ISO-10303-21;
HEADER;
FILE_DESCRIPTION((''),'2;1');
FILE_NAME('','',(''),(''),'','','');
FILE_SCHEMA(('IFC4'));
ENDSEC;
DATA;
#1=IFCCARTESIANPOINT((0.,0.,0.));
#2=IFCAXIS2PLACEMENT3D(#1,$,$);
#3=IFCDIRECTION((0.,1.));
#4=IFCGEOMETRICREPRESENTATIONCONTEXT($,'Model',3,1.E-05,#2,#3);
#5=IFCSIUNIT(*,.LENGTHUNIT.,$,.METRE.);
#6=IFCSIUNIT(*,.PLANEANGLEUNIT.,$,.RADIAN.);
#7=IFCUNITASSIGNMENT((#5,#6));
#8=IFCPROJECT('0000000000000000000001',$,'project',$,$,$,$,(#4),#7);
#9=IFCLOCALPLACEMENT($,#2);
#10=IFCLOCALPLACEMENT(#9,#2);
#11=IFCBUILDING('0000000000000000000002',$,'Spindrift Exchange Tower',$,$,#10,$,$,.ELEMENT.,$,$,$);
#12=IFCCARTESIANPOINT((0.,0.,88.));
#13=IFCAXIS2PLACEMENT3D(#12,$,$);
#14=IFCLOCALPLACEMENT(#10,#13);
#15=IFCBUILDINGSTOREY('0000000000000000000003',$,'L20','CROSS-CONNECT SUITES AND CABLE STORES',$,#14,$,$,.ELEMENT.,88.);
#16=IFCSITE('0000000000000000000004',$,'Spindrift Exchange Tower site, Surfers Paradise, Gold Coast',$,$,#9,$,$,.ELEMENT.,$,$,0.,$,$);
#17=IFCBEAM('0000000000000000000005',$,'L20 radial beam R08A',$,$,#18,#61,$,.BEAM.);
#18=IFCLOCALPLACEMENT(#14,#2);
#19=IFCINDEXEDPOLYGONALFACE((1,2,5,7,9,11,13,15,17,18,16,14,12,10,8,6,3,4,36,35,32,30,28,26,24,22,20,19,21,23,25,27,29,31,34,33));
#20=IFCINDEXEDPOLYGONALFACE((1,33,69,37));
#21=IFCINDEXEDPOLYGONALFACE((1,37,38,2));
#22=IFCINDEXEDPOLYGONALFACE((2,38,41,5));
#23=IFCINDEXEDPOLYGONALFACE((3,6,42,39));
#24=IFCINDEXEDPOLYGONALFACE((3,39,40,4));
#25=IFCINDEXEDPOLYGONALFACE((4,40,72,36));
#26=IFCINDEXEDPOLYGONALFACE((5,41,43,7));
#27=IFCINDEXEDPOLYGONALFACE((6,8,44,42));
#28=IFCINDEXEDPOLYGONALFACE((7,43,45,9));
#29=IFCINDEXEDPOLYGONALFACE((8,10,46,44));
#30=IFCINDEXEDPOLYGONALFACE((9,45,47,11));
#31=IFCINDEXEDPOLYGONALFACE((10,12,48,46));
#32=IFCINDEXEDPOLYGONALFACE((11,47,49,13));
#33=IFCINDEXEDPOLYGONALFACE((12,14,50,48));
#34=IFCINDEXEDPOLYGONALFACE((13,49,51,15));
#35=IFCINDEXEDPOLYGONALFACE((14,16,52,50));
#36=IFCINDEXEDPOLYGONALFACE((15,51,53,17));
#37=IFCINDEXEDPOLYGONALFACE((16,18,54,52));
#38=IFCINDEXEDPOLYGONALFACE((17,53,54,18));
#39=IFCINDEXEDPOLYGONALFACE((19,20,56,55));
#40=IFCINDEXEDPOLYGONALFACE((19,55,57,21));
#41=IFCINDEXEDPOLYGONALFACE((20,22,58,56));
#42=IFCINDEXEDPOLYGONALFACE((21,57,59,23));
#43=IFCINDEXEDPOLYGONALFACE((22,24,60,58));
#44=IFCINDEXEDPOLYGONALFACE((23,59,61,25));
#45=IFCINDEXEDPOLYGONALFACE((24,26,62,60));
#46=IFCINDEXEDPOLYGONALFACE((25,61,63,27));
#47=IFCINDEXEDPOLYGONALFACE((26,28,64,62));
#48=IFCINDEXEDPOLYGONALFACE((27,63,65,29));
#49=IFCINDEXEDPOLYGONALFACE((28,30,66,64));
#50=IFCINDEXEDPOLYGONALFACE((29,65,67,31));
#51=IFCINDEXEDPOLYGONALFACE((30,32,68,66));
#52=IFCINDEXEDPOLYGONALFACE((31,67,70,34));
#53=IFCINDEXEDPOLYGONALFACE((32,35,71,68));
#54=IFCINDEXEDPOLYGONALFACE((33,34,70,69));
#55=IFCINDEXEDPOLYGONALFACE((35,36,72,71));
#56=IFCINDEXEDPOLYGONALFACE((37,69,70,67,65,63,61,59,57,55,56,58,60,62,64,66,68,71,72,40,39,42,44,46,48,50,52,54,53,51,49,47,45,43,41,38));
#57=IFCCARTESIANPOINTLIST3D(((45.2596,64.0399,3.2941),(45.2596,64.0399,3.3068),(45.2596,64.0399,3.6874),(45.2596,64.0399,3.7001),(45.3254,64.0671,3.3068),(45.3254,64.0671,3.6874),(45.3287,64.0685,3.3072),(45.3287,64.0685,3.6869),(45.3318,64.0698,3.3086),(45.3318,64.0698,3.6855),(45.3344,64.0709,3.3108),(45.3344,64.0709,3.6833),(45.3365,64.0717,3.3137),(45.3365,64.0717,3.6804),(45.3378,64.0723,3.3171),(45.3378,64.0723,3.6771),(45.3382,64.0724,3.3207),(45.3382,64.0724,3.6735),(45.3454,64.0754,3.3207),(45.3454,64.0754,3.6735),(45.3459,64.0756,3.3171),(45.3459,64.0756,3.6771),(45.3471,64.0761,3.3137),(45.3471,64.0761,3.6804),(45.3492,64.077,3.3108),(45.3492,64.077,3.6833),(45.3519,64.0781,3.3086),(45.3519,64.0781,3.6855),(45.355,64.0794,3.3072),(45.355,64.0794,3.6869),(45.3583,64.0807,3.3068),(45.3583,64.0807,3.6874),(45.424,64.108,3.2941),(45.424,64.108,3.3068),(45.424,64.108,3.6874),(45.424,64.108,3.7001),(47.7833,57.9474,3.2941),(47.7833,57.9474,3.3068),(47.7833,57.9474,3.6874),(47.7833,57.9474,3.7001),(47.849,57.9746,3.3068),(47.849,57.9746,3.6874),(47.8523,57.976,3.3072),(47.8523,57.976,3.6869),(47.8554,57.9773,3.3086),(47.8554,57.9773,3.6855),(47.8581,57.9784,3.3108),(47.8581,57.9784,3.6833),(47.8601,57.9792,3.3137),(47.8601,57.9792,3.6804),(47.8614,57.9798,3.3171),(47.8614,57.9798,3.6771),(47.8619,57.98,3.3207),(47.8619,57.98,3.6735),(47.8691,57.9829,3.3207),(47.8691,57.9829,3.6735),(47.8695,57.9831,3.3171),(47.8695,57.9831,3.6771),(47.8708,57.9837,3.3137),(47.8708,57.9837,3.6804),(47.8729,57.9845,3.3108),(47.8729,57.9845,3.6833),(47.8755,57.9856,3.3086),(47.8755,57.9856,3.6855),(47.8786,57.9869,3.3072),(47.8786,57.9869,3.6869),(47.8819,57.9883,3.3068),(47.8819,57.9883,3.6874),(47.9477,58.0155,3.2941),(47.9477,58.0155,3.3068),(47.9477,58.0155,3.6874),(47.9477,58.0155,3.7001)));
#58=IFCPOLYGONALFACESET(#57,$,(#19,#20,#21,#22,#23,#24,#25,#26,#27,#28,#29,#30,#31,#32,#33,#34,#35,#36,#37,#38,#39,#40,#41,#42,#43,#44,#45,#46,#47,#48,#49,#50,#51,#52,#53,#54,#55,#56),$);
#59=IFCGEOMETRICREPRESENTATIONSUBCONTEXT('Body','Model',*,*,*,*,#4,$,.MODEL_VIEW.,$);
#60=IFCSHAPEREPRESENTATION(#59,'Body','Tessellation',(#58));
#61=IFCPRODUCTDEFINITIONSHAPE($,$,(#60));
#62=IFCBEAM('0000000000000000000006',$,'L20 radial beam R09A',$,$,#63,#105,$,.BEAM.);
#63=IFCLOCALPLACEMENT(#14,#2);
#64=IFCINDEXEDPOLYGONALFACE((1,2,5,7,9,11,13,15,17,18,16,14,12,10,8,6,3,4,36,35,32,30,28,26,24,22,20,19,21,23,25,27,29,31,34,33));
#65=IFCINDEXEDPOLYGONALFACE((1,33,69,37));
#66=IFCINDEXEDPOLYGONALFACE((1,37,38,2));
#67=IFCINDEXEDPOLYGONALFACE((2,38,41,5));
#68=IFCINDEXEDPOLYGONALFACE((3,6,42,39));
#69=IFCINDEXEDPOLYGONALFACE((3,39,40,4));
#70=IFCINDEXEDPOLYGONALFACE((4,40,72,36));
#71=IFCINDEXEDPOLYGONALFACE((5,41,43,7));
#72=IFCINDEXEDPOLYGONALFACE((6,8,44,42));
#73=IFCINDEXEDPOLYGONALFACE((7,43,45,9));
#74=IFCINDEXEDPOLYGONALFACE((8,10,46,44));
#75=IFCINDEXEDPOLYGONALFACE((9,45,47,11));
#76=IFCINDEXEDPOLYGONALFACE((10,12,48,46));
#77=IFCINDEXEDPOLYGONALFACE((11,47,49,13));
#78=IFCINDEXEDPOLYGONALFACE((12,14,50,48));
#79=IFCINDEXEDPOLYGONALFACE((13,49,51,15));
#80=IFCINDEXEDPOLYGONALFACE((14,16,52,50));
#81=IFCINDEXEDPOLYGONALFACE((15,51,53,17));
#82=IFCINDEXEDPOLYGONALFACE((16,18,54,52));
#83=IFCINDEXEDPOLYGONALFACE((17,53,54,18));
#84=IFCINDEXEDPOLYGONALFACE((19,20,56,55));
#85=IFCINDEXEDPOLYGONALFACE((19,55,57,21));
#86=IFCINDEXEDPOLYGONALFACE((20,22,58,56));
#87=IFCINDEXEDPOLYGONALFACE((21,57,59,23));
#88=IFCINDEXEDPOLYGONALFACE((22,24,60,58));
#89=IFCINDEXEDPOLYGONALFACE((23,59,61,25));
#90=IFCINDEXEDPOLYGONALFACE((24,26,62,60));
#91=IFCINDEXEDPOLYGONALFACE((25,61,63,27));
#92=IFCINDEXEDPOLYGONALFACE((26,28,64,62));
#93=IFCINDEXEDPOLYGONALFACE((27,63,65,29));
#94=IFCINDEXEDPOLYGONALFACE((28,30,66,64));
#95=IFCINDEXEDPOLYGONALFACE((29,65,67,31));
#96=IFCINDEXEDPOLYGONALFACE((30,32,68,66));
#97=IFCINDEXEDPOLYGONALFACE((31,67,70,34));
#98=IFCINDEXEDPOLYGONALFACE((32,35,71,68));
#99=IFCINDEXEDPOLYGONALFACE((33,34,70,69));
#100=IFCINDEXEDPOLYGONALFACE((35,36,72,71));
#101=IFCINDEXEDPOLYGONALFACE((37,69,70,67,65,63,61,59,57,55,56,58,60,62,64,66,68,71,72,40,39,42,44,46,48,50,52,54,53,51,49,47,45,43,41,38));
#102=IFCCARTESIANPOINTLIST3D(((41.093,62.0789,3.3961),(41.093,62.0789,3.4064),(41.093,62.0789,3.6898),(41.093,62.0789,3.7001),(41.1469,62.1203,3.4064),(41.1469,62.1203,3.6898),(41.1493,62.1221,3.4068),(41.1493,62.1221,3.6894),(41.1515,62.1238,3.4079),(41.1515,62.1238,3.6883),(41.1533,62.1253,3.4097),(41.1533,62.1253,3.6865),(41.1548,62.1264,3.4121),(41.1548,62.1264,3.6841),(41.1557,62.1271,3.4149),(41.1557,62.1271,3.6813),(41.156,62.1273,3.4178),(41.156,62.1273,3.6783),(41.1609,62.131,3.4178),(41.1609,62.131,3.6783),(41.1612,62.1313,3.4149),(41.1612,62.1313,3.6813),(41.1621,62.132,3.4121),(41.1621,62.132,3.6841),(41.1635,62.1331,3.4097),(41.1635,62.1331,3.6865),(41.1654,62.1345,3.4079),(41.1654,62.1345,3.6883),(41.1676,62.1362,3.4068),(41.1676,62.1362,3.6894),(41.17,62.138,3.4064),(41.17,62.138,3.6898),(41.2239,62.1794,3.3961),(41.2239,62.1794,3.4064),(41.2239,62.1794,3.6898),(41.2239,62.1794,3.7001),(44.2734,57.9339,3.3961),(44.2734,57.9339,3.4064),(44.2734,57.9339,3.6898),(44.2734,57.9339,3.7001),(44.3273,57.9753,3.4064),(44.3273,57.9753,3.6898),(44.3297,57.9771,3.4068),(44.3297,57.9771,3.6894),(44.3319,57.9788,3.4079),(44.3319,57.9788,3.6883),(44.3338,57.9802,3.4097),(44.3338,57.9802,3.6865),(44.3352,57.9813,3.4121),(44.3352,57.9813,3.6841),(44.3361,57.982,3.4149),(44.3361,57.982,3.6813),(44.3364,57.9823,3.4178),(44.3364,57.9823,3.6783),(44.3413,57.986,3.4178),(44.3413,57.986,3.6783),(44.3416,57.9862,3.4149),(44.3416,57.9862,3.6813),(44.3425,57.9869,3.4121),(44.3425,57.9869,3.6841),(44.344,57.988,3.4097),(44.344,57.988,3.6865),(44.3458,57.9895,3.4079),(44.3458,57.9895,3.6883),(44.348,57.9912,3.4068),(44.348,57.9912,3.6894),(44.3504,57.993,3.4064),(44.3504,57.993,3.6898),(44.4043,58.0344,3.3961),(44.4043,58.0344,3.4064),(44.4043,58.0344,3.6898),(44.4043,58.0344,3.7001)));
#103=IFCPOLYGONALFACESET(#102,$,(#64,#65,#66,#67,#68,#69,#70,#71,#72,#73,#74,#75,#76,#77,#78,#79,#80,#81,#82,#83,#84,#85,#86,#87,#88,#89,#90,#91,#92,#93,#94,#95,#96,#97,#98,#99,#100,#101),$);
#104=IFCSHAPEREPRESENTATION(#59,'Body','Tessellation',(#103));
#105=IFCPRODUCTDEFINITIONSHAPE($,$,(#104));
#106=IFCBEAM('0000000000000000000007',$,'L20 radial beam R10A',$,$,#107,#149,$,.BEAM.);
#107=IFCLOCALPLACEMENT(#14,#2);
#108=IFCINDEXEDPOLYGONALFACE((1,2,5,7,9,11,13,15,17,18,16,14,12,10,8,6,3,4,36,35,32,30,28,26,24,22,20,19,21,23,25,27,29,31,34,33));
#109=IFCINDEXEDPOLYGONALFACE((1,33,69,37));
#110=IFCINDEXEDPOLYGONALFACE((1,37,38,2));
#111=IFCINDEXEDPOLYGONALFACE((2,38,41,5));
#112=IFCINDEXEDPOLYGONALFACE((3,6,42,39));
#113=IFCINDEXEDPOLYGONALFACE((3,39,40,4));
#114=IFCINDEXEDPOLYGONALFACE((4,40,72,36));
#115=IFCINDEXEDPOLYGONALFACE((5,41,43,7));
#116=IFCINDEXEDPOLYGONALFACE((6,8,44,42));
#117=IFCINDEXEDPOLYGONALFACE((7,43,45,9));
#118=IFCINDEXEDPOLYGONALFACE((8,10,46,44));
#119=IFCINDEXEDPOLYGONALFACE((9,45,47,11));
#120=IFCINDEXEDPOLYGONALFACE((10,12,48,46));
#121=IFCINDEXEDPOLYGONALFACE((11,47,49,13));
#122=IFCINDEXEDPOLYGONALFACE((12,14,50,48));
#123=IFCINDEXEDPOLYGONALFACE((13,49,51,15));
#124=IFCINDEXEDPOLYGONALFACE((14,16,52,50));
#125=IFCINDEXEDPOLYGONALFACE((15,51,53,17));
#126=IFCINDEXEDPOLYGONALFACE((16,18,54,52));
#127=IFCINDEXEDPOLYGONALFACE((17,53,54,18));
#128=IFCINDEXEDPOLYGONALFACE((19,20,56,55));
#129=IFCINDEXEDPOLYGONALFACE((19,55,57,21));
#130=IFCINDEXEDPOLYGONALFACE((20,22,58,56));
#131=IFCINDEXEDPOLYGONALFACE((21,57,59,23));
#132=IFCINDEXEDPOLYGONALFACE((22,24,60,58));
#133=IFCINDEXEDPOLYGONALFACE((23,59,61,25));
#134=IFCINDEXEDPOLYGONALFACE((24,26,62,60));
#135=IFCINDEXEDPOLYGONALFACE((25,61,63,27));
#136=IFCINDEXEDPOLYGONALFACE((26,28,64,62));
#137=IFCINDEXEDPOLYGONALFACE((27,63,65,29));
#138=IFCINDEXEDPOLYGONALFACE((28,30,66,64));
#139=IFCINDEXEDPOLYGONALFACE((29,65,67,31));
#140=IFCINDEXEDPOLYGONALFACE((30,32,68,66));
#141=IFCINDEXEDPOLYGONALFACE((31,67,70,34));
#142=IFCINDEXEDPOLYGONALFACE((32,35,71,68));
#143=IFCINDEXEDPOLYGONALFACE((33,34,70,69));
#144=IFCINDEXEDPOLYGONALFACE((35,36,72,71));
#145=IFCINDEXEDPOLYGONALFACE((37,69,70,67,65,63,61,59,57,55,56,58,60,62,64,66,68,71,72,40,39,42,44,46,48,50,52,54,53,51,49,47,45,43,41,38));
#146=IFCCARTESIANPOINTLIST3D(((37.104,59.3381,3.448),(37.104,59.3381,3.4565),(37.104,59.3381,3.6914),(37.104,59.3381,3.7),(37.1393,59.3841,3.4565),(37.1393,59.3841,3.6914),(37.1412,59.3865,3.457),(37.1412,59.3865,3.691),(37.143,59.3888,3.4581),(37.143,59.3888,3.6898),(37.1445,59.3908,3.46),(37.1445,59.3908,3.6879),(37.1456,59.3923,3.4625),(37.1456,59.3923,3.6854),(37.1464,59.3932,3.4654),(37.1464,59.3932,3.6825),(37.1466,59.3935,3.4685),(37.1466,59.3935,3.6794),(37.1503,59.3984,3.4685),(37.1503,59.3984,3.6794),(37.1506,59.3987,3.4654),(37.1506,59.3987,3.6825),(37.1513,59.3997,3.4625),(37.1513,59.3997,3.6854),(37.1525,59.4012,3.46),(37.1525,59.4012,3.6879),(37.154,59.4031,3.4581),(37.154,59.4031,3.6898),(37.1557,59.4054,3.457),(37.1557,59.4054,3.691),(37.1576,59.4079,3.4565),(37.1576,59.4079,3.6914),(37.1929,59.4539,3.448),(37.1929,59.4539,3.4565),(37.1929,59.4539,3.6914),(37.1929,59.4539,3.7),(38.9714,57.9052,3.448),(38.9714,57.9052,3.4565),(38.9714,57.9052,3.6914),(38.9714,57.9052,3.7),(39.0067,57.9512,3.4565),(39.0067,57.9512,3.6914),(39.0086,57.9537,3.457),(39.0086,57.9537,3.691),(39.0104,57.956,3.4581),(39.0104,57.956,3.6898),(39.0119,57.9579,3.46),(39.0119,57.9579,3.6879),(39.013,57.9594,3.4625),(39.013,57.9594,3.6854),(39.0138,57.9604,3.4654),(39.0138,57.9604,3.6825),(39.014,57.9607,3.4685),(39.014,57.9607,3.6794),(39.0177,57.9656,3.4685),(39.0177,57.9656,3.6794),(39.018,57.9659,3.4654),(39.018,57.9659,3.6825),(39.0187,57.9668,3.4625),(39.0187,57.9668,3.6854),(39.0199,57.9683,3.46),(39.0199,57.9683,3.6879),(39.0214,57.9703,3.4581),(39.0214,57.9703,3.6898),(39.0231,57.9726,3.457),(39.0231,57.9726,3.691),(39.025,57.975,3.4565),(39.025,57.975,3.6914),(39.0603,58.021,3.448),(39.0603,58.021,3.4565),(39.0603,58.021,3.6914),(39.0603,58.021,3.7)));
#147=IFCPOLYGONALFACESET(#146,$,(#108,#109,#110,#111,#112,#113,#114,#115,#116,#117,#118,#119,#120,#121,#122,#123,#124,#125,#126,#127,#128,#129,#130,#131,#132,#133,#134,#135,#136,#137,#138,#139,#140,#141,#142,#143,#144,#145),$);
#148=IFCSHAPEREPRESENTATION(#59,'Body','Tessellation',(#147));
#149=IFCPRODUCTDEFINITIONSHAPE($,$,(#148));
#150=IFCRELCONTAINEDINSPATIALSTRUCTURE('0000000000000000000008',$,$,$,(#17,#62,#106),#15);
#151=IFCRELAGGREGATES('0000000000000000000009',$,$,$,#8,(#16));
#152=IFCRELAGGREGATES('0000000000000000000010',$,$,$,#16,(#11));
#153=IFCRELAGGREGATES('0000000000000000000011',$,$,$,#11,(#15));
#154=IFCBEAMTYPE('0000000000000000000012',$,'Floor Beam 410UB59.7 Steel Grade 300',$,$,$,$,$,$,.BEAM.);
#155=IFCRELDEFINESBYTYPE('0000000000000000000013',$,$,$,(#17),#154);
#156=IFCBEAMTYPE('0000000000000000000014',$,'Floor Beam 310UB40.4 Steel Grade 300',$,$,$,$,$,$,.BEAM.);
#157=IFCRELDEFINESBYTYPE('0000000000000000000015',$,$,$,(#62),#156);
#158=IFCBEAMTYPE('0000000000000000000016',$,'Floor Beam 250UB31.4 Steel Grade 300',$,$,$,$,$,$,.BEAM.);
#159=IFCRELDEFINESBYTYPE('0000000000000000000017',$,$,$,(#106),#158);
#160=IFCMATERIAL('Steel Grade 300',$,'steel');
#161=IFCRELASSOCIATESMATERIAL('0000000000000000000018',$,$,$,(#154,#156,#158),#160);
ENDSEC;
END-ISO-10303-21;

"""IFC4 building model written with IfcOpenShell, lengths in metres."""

from ifc_helpers import new_model, si_unit, direction, frame, origin, origin_2d, place, context, subcontext, project, spatial, i_section, extrude, source, transform, mapped, material, material_profile, profile_set, type_object, element, save


model = new_model("IFC4")

# Units and contexts
model_context = context("Model", 3, precision=1e-05, world=origin(), true_north=direction((0.0, 1.0)))
body_context = subcontext(model_context, "Body", "Model", "MODEL_VIEW")
ifc_project = project(units=[si_unit("LENGTHUNIT", "METRE"), si_unit("PLANEANGLEUNIT", "RADIAN")], contexts=[model_context])

# Site, building, storey
site_placement = place(None, origin())
site = spatial("IfcSite", under=ifc_project, at=site_placement, Name="Spindrift Exchange Tower site, Surfers Paradise, Gold Coast", CompositionType="ELEMENT", RefElevation=0.0)
building_placement = place(site_placement, origin())
building = spatial("IfcBuilding", under=site, at=building_placement, Name="Spindrift Exchange Tower", CompositionType="ELEMENT")
storey_placement = place(building_placement, frame((0.0, 0.0, 88.0)))
storey = spatial("IfcBuildingStorey", under=building, at=storey_placement, Name="L20", Description="CROSS-CONNECT SUITES AND CABLE STORES", CompositionType="ELEMENT", Elevation=88.0)

# Beams
ifc_material_1 = material(Name="Steel Grade 300", Category="steel")
ifc_material_profile_1 = material_profile(ifc_material_1, i_section(OverallWidth=0.178, OverallDepth=0.406, WebThickness=0.0078, FlangeThickness=0.0127, FilletRadius=0.0139, at=origin_2d()), Name="410UB59.7")
ifc_profile_set_1 = profile_set([ifc_material_profile_1], Name="Steel Grade 300")
beam_type_1 = type_object("IfcBeamType", Name="Floor Beam 410UB59.7 Steel Grade 300", PredefinedType="BEAM", material=ifc_profile_set_1)
shared_shape_1 = source(origin(), body_context, "Body", "SweptSolid", [
    extrude(i_section(OverallWidth=0.178, OverallDepth=0.406, WebThickness=0.0078, FlangeThickness=0.0127, FilletRadius=0.0139, at=origin_2d()), origin(), (0.0, 0.0, 1.0), 6.5945),
])
beam_1_placement = place(storey_placement, frame((47.8655, 57.9814, 3.4971), z_axis=(-0.382693, 0.923876, 0.0), x_axis=(-0.923876, -0.382693, 0.0)))
element("IfcBeam", 1, at=beam_1_placement, inside=storey, type_object=beam_type_1, Name="L20 radial beam R08A", PredefinedType="BEAM", context=body_context, shape_type="MappedRepresentation", body=[
    mapped(shared_shape_1, transform((0.0, 0.0, 0.0), scale=1.0)),
])
ifc_material_profile_2 = material_profile(ifc_material_1, i_section(OverallWidth=0.165, OverallDepth=0.304, WebThickness=0.0061, FlangeThickness=0.0103, FilletRadius=0.0115, at=origin_2d()), Name="310UB40.4")
ifc_profile_set_2 = profile_set([ifc_material_profile_2], Name="Steel Grade 300")
beam_type_2 = type_object("IfcBeamType", Name="Floor Beam 310UB40.4 Steel Grade 300", PredefinedType="BEAM", material=ifc_profile_set_2)
shared_shape_2 = source(origin(), body_context, "Body", "SweptSolid", [
    extrude(i_section(OverallWidth=0.165, OverallDepth=0.304, WebThickness=0.0061, FlangeThickness=0.0103, FilletRadius=0.0115, at=origin_2d()), origin(), (0.0, 0.0, 1.0), 5.2246),
])
beam_2_placement = place(storey_placement, frame((44.3389, 57.9841, 3.5481), z_axis=(-0.608741, 0.793369, 0.0), x_axis=(-0.793369, -0.608741, 0.0)))
element("IfcBeam", 2, at=beam_2_placement, inside=storey, type_object=beam_type_2, Name="L20 radial beam R09A", PredefinedType="BEAM", context=body_context, shape_type="MappedRepresentation", body=[
    mapped(shared_shape_2, transform((0.0, 0.0, 0.0), scale=1.0)),
])
ifc_material_profile_3 = material_profile(ifc_material_1, i_section(OverallWidth=0.146, OverallDepth=0.252, WebThickness=0.0061, FlangeThickness=0.0085, FilletRadius=0.012, at=origin_2d()), Name="250UB31.4")
ifc_profile_set_3 = profile_set([ifc_material_profile_3], Name="Steel Grade 300")
beam_type_3 = type_object("IfcBeamType", Name="Floor Beam 250UB31.4 Steel Grade 300", PredefinedType="BEAM", material=ifc_profile_set_3)
shared_shape_3 = source(origin(), body_context, "Body", "SweptSolid", [
    extrude(i_section(OverallWidth=0.146, OverallDepth=0.252, WebThickness=0.0061, FlangeThickness=0.0085, FilletRadius=0.012, at=origin_2d()), origin(), (0.0, 0.0, 1.0), 2.3538),
])
beam_3_placement = place(storey_placement, frame((39.0159, 57.9631, 3.574), z_axis=(-0.793368, 0.608743, 0.0), x_axis=(-0.608743, -0.793368, 0.0)))
element("IfcBeam", 3, at=beam_3_placement, inside=storey, type_object=beam_type_3, Name="L20 radial beam R10A", PredefinedType="BEAM", context=body_context, shape_type="MappedRepresentation", body=[
    mapped(shared_shape_3, transform((0.0, 0.0, 0.0), scale=1.0)),
])

save(model, "model.ifc")
